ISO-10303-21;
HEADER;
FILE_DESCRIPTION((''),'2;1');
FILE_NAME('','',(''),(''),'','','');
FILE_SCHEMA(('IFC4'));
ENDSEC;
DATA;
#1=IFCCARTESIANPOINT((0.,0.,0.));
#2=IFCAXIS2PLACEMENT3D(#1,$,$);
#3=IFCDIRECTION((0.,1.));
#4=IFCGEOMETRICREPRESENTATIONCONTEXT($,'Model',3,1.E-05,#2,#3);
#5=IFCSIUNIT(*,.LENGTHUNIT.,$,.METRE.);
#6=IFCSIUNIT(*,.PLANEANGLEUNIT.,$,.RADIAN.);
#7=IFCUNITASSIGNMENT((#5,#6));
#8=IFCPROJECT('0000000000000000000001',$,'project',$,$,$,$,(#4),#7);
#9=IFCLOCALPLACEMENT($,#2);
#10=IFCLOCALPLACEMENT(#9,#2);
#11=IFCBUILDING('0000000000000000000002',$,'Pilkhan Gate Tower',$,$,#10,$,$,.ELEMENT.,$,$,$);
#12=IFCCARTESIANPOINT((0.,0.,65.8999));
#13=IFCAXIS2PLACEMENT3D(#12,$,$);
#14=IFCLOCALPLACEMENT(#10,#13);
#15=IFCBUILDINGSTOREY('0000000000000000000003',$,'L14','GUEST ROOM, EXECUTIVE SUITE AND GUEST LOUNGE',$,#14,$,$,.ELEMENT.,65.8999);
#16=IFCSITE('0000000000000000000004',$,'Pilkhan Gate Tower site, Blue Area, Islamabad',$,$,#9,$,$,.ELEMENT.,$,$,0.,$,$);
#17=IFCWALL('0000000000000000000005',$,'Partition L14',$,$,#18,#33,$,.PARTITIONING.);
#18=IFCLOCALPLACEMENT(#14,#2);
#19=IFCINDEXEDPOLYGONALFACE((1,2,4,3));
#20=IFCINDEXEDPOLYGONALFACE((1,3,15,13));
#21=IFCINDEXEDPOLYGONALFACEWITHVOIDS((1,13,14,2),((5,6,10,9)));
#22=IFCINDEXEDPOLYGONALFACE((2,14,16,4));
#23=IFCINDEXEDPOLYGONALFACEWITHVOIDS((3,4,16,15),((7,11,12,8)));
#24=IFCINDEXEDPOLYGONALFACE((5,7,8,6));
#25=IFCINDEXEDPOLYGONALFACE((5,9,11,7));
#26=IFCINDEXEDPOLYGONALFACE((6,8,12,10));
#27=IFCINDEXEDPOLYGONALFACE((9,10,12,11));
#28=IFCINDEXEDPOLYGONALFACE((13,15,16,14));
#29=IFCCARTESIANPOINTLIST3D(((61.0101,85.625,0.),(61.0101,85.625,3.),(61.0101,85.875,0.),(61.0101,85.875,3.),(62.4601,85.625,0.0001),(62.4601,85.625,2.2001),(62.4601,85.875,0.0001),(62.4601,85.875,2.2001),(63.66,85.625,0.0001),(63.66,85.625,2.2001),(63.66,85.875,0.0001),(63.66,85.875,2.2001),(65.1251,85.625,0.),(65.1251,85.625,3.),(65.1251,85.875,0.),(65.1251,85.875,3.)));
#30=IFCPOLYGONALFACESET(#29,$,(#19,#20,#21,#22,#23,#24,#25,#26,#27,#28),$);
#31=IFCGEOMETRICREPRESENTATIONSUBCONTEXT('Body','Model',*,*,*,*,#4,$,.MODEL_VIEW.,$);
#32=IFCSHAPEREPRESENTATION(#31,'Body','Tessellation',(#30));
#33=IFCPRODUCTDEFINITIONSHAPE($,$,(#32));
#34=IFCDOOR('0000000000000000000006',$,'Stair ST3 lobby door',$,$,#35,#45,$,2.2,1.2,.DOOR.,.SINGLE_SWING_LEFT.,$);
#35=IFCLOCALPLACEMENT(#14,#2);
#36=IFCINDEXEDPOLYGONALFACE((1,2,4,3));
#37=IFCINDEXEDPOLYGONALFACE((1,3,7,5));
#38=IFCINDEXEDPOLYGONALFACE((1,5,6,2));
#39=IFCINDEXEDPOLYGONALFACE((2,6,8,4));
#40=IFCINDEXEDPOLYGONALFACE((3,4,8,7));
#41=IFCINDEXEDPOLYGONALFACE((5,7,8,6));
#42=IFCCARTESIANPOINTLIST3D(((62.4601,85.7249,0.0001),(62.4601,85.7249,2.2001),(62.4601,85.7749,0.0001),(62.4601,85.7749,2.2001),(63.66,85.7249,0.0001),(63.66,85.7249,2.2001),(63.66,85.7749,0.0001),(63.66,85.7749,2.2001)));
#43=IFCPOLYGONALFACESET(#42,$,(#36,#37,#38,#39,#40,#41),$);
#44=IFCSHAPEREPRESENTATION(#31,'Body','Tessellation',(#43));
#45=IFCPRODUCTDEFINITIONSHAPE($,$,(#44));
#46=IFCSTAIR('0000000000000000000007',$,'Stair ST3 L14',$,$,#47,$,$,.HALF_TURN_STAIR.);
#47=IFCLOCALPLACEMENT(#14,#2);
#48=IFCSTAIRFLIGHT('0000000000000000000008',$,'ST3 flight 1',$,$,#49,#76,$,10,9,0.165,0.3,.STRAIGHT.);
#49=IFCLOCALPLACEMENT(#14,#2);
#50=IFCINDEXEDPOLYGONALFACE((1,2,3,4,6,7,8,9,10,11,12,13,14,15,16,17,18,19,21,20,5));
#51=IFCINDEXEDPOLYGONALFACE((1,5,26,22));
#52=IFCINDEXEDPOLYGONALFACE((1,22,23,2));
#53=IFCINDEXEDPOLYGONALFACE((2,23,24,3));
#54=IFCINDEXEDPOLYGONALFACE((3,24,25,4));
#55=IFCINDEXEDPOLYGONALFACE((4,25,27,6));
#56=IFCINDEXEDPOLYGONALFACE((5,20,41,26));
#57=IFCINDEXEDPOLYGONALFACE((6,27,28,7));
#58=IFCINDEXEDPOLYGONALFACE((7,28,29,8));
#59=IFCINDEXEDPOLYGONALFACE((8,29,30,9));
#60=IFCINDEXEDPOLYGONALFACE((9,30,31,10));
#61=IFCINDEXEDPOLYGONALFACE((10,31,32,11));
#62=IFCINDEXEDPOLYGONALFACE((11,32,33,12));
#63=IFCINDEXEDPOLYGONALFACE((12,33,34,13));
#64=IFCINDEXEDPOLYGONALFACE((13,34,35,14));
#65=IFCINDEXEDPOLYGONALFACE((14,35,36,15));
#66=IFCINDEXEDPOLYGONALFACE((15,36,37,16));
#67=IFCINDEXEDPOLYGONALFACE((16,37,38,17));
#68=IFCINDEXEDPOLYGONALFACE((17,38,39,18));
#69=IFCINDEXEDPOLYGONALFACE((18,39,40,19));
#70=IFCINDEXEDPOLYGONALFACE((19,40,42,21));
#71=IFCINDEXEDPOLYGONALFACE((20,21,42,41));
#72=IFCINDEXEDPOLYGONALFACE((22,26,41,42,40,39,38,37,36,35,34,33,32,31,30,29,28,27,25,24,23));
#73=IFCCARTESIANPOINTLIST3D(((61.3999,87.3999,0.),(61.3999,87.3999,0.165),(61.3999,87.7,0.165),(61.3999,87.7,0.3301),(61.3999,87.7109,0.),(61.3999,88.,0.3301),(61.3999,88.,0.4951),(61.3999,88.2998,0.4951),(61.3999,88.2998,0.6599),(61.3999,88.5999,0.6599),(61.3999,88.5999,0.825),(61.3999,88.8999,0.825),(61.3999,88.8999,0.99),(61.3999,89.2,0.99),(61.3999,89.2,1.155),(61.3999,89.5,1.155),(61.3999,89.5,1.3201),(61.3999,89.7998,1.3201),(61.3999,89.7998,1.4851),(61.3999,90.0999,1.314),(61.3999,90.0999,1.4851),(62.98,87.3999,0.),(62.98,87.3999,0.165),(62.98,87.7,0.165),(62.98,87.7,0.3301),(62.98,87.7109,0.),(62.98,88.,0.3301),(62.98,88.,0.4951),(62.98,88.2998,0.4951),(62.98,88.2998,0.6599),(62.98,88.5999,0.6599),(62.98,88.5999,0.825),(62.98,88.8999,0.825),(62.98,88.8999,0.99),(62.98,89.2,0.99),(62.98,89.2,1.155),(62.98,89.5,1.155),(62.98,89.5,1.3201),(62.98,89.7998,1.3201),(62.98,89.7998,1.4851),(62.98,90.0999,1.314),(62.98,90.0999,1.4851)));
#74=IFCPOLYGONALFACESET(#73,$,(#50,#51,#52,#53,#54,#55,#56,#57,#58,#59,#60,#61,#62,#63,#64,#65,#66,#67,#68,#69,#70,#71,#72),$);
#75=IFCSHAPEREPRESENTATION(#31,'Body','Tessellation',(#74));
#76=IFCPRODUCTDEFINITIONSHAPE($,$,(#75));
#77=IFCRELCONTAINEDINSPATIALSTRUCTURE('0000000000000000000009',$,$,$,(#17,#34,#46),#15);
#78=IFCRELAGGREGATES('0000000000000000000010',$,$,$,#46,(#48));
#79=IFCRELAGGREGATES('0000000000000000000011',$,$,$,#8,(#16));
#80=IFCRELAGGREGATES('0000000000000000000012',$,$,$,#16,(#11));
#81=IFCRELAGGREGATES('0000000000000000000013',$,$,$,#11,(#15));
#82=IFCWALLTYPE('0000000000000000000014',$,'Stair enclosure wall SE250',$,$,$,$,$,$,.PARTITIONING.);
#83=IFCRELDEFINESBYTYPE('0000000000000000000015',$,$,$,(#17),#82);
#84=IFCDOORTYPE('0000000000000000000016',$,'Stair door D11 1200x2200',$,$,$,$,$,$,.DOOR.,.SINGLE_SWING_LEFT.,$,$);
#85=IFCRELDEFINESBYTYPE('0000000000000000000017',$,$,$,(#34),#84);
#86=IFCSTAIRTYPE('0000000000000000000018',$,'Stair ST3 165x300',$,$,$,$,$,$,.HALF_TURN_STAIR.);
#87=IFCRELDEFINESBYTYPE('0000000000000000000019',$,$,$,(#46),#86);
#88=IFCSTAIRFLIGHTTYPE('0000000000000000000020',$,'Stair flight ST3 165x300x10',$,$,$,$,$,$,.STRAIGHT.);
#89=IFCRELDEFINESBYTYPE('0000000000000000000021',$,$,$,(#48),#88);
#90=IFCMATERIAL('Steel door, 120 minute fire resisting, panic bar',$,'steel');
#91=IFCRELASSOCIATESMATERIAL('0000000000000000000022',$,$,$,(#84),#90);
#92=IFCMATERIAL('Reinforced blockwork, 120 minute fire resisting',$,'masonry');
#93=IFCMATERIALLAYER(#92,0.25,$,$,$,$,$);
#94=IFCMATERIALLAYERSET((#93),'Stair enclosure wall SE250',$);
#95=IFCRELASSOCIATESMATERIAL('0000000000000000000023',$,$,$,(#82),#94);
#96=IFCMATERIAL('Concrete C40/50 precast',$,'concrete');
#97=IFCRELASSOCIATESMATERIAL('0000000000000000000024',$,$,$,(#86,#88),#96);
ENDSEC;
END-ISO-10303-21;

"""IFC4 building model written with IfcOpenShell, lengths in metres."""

from ifc_helpers import new_model, si_unit, direction, frame, frame_2d, origin, place, context, subcontext, project, spatial, polyline, rectangle, outline, extrude, material, layer, layer_set, type_object, element, fill, aggregate, save


model = new_model("IFC4")

# Units and contexts
model_context = context("Model", 3, precision=1e-05, world=origin(), true_north=direction((0.0, 1.0)))
body_context = subcontext(model_context, "Body", "Model", "MODEL_VIEW")
ifc_project = project(units=[si_unit("LENGTHUNIT", "METRE"), si_unit("PLANEANGLEUNIT", "RADIAN")], contexts=[model_context])

# Site, building, storey
site_placement = place(None, origin())
site = spatial("IfcSite", under=ifc_project, at=site_placement, Name="Pilkhan Gate Tower site, Blue Area, Islamabad", CompositionType="ELEMENT", RefElevation=0.0)
building_placement = place(site_placement, origin())
building = spatial("IfcBuilding", under=site, at=building_placement, Name="Pilkhan Gate Tower", CompositionType="ELEMENT")
storey_placement = place(building_placement, frame((0.0, 0.0, 65.8999)))
storey = spatial("IfcBuildingStorey", under=building, at=storey_placement, Name="L14", Description="GUEST ROOM, EXECUTIVE SUITE AND GUEST LOUNGE", CompositionType="ELEMENT", Elevation=65.8999)

# Shared definitions
ifc_material_1 = material(Name="Steel door, 120 minute fire resisting, panic bar", Category="steel")
door_type_1 = type_object("IfcDoorType", Name="Stair door D11 1200x2200", OperationType="SINGLE_SWING_LEFT", PredefinedType="DOOR", material=ifc_material_1)

# Wall, opening, door
ifc_material_2 = material(Name="Reinforced blockwork, 120 minute fire resisting", Category="masonry")
ifc_layer_1 = layer(ifc_material_2, 0.25)
ifc_layer_set_1 = layer_set([ifc_layer_1], Name="Stair enclosure wall SE250")
wall_type_1 = type_object("IfcWallType", Name="Stair enclosure wall SE250", PredefinedType="PARTITIONING", material=ifc_layer_set_1)
wall_1_placement = place(storey_placement, frame((61.01, 85.75, 0.0), z_axis=(0.0, 0.0, 1.0), x_axis=(1.0, 0.0, 0.0)))
wall_1 = element("IfcWall", 1, at=wall_1_placement, inside=storey, type_object=wall_type_1, Name="Partition L14", PredefinedType="PARTITIONING", context=body_context, shape_type="SweptSolid", body=[
    extrude(rectangle(XDim=4.115, YDim=0.25, at=frame_2d((2.0576, 0.0))), origin(), (0.0, 0.0, 1.0), 3.0),
])
opening_1_placement = place(wall_1_placement, frame((1.45, 0.0, 0.0)))
opening_1 = element("IfcOpeningElement", 2, at=opening_1_placement, cuts=wall_1, PredefinedType="OPENING", context=body_context, shape_type="SweptSolid", body=[
    extrude(rectangle(XDim=1.2, YDim=2.2, at=frame_2d((0.6001, 1.1001))), frame((0.0, 0.135, 0.0), z_axis=(0.0, -1.0, 0.0), x_axis=(1.0, 0.0, 0.0)), (0.0, 0.0, 1.0), 0.27),
])
door_1_placement = place(opening_1_placement, origin())
door_1 = element("IfcDoor", 3, at=door_1_placement, inside=storey, type_object=door_type_1, Name="Stair ST3 lobby door", OperationType="SINGLE_SWING_LEFT", OverallHeight=2.2, OverallWidth=1.2, PredefinedType="DOOR", context=body_context, shape_type="SweptSolid", body=[
    extrude(rectangle(XDim=1.2, YDim=2.2, at=frame_2d((0.6001, 1.1001))), frame((0.0, 0.0249, 0.0), z_axis=(0.0, -1.0, 0.0), x_axis=(1.0, 0.0, 0.0)), (0.0, 0.0, 1.0), 0.05),
])
fill(opening_1, door_1)

# Stair, stair flight
ifc_material_3 = material(Name="Concrete C40/50 precast", Category="concrete")
stair_type = type_object("IfcStairType", Name="Stair ST3 165x300", PredefinedType="HALF_TURN_STAIR", material=ifc_material_3)
stair_placement = place(storey_placement, origin())
stair = element("IfcStair", 4, at=stair_placement, inside=storey, type_object=stair_type, Name="Stair ST3 L14", PredefinedType="HALF_TURN_STAIR")
stair_flight_type = type_object("IfcStairFlightType", Name="Stair flight ST3 165x300x10", PredefinedType="STRAIGHT", material=ifc_material_3)
stair_flight_placement = place(storey_placement, frame((62.1899, 87.3999, 0.0), z_axis=(0.0, 0.0, 1.0), x_axis=(0.0, 1.0, 0.0)))
stair_flight = element("IfcStairFlight", 5, at=stair_flight_placement, type_object=stair_flight_type, Name="ST3 flight 1", NumberOfRisers=10, NumberOfTreads=9, PredefinedType="STRAIGHT", RiserHeight=0.165, TreadLength=0.3, context=body_context, shape_type="SweptSolid", body=[
    extrude(outline(polyline([(0.0, 0.0), (0.0, 0.165), (0.3, 0.165), (0.3, 0.3301), (0.6001, 0.3301), (0.6001, 0.4951), (0.8999, 0.4951), (0.8999, 0.6599), (1.2, 0.6599), (1.2, 0.825), (1.5, 0.825), (1.5, 0.99), (1.8, 0.99), (1.8, 1.155), (2.1001, 1.155), (2.1001, 1.3201), (2.3999, 1.3201), (2.3999, 1.4851), (2.7, 1.4851), (2.7, 1.6499), (2.7, 1.314), (0.311, 0.0), (0.0, 0.0)])), frame((0.0, 0.79, 0.0), z_axis=(0.0, -1.0, 0.0), x_axis=(1.0, 0.0, 0.0)), (0.0, 0.0, 1.0), 1.5801),
])
aggregate(stair, [stair_flight])

save(model, "model.ifc")
